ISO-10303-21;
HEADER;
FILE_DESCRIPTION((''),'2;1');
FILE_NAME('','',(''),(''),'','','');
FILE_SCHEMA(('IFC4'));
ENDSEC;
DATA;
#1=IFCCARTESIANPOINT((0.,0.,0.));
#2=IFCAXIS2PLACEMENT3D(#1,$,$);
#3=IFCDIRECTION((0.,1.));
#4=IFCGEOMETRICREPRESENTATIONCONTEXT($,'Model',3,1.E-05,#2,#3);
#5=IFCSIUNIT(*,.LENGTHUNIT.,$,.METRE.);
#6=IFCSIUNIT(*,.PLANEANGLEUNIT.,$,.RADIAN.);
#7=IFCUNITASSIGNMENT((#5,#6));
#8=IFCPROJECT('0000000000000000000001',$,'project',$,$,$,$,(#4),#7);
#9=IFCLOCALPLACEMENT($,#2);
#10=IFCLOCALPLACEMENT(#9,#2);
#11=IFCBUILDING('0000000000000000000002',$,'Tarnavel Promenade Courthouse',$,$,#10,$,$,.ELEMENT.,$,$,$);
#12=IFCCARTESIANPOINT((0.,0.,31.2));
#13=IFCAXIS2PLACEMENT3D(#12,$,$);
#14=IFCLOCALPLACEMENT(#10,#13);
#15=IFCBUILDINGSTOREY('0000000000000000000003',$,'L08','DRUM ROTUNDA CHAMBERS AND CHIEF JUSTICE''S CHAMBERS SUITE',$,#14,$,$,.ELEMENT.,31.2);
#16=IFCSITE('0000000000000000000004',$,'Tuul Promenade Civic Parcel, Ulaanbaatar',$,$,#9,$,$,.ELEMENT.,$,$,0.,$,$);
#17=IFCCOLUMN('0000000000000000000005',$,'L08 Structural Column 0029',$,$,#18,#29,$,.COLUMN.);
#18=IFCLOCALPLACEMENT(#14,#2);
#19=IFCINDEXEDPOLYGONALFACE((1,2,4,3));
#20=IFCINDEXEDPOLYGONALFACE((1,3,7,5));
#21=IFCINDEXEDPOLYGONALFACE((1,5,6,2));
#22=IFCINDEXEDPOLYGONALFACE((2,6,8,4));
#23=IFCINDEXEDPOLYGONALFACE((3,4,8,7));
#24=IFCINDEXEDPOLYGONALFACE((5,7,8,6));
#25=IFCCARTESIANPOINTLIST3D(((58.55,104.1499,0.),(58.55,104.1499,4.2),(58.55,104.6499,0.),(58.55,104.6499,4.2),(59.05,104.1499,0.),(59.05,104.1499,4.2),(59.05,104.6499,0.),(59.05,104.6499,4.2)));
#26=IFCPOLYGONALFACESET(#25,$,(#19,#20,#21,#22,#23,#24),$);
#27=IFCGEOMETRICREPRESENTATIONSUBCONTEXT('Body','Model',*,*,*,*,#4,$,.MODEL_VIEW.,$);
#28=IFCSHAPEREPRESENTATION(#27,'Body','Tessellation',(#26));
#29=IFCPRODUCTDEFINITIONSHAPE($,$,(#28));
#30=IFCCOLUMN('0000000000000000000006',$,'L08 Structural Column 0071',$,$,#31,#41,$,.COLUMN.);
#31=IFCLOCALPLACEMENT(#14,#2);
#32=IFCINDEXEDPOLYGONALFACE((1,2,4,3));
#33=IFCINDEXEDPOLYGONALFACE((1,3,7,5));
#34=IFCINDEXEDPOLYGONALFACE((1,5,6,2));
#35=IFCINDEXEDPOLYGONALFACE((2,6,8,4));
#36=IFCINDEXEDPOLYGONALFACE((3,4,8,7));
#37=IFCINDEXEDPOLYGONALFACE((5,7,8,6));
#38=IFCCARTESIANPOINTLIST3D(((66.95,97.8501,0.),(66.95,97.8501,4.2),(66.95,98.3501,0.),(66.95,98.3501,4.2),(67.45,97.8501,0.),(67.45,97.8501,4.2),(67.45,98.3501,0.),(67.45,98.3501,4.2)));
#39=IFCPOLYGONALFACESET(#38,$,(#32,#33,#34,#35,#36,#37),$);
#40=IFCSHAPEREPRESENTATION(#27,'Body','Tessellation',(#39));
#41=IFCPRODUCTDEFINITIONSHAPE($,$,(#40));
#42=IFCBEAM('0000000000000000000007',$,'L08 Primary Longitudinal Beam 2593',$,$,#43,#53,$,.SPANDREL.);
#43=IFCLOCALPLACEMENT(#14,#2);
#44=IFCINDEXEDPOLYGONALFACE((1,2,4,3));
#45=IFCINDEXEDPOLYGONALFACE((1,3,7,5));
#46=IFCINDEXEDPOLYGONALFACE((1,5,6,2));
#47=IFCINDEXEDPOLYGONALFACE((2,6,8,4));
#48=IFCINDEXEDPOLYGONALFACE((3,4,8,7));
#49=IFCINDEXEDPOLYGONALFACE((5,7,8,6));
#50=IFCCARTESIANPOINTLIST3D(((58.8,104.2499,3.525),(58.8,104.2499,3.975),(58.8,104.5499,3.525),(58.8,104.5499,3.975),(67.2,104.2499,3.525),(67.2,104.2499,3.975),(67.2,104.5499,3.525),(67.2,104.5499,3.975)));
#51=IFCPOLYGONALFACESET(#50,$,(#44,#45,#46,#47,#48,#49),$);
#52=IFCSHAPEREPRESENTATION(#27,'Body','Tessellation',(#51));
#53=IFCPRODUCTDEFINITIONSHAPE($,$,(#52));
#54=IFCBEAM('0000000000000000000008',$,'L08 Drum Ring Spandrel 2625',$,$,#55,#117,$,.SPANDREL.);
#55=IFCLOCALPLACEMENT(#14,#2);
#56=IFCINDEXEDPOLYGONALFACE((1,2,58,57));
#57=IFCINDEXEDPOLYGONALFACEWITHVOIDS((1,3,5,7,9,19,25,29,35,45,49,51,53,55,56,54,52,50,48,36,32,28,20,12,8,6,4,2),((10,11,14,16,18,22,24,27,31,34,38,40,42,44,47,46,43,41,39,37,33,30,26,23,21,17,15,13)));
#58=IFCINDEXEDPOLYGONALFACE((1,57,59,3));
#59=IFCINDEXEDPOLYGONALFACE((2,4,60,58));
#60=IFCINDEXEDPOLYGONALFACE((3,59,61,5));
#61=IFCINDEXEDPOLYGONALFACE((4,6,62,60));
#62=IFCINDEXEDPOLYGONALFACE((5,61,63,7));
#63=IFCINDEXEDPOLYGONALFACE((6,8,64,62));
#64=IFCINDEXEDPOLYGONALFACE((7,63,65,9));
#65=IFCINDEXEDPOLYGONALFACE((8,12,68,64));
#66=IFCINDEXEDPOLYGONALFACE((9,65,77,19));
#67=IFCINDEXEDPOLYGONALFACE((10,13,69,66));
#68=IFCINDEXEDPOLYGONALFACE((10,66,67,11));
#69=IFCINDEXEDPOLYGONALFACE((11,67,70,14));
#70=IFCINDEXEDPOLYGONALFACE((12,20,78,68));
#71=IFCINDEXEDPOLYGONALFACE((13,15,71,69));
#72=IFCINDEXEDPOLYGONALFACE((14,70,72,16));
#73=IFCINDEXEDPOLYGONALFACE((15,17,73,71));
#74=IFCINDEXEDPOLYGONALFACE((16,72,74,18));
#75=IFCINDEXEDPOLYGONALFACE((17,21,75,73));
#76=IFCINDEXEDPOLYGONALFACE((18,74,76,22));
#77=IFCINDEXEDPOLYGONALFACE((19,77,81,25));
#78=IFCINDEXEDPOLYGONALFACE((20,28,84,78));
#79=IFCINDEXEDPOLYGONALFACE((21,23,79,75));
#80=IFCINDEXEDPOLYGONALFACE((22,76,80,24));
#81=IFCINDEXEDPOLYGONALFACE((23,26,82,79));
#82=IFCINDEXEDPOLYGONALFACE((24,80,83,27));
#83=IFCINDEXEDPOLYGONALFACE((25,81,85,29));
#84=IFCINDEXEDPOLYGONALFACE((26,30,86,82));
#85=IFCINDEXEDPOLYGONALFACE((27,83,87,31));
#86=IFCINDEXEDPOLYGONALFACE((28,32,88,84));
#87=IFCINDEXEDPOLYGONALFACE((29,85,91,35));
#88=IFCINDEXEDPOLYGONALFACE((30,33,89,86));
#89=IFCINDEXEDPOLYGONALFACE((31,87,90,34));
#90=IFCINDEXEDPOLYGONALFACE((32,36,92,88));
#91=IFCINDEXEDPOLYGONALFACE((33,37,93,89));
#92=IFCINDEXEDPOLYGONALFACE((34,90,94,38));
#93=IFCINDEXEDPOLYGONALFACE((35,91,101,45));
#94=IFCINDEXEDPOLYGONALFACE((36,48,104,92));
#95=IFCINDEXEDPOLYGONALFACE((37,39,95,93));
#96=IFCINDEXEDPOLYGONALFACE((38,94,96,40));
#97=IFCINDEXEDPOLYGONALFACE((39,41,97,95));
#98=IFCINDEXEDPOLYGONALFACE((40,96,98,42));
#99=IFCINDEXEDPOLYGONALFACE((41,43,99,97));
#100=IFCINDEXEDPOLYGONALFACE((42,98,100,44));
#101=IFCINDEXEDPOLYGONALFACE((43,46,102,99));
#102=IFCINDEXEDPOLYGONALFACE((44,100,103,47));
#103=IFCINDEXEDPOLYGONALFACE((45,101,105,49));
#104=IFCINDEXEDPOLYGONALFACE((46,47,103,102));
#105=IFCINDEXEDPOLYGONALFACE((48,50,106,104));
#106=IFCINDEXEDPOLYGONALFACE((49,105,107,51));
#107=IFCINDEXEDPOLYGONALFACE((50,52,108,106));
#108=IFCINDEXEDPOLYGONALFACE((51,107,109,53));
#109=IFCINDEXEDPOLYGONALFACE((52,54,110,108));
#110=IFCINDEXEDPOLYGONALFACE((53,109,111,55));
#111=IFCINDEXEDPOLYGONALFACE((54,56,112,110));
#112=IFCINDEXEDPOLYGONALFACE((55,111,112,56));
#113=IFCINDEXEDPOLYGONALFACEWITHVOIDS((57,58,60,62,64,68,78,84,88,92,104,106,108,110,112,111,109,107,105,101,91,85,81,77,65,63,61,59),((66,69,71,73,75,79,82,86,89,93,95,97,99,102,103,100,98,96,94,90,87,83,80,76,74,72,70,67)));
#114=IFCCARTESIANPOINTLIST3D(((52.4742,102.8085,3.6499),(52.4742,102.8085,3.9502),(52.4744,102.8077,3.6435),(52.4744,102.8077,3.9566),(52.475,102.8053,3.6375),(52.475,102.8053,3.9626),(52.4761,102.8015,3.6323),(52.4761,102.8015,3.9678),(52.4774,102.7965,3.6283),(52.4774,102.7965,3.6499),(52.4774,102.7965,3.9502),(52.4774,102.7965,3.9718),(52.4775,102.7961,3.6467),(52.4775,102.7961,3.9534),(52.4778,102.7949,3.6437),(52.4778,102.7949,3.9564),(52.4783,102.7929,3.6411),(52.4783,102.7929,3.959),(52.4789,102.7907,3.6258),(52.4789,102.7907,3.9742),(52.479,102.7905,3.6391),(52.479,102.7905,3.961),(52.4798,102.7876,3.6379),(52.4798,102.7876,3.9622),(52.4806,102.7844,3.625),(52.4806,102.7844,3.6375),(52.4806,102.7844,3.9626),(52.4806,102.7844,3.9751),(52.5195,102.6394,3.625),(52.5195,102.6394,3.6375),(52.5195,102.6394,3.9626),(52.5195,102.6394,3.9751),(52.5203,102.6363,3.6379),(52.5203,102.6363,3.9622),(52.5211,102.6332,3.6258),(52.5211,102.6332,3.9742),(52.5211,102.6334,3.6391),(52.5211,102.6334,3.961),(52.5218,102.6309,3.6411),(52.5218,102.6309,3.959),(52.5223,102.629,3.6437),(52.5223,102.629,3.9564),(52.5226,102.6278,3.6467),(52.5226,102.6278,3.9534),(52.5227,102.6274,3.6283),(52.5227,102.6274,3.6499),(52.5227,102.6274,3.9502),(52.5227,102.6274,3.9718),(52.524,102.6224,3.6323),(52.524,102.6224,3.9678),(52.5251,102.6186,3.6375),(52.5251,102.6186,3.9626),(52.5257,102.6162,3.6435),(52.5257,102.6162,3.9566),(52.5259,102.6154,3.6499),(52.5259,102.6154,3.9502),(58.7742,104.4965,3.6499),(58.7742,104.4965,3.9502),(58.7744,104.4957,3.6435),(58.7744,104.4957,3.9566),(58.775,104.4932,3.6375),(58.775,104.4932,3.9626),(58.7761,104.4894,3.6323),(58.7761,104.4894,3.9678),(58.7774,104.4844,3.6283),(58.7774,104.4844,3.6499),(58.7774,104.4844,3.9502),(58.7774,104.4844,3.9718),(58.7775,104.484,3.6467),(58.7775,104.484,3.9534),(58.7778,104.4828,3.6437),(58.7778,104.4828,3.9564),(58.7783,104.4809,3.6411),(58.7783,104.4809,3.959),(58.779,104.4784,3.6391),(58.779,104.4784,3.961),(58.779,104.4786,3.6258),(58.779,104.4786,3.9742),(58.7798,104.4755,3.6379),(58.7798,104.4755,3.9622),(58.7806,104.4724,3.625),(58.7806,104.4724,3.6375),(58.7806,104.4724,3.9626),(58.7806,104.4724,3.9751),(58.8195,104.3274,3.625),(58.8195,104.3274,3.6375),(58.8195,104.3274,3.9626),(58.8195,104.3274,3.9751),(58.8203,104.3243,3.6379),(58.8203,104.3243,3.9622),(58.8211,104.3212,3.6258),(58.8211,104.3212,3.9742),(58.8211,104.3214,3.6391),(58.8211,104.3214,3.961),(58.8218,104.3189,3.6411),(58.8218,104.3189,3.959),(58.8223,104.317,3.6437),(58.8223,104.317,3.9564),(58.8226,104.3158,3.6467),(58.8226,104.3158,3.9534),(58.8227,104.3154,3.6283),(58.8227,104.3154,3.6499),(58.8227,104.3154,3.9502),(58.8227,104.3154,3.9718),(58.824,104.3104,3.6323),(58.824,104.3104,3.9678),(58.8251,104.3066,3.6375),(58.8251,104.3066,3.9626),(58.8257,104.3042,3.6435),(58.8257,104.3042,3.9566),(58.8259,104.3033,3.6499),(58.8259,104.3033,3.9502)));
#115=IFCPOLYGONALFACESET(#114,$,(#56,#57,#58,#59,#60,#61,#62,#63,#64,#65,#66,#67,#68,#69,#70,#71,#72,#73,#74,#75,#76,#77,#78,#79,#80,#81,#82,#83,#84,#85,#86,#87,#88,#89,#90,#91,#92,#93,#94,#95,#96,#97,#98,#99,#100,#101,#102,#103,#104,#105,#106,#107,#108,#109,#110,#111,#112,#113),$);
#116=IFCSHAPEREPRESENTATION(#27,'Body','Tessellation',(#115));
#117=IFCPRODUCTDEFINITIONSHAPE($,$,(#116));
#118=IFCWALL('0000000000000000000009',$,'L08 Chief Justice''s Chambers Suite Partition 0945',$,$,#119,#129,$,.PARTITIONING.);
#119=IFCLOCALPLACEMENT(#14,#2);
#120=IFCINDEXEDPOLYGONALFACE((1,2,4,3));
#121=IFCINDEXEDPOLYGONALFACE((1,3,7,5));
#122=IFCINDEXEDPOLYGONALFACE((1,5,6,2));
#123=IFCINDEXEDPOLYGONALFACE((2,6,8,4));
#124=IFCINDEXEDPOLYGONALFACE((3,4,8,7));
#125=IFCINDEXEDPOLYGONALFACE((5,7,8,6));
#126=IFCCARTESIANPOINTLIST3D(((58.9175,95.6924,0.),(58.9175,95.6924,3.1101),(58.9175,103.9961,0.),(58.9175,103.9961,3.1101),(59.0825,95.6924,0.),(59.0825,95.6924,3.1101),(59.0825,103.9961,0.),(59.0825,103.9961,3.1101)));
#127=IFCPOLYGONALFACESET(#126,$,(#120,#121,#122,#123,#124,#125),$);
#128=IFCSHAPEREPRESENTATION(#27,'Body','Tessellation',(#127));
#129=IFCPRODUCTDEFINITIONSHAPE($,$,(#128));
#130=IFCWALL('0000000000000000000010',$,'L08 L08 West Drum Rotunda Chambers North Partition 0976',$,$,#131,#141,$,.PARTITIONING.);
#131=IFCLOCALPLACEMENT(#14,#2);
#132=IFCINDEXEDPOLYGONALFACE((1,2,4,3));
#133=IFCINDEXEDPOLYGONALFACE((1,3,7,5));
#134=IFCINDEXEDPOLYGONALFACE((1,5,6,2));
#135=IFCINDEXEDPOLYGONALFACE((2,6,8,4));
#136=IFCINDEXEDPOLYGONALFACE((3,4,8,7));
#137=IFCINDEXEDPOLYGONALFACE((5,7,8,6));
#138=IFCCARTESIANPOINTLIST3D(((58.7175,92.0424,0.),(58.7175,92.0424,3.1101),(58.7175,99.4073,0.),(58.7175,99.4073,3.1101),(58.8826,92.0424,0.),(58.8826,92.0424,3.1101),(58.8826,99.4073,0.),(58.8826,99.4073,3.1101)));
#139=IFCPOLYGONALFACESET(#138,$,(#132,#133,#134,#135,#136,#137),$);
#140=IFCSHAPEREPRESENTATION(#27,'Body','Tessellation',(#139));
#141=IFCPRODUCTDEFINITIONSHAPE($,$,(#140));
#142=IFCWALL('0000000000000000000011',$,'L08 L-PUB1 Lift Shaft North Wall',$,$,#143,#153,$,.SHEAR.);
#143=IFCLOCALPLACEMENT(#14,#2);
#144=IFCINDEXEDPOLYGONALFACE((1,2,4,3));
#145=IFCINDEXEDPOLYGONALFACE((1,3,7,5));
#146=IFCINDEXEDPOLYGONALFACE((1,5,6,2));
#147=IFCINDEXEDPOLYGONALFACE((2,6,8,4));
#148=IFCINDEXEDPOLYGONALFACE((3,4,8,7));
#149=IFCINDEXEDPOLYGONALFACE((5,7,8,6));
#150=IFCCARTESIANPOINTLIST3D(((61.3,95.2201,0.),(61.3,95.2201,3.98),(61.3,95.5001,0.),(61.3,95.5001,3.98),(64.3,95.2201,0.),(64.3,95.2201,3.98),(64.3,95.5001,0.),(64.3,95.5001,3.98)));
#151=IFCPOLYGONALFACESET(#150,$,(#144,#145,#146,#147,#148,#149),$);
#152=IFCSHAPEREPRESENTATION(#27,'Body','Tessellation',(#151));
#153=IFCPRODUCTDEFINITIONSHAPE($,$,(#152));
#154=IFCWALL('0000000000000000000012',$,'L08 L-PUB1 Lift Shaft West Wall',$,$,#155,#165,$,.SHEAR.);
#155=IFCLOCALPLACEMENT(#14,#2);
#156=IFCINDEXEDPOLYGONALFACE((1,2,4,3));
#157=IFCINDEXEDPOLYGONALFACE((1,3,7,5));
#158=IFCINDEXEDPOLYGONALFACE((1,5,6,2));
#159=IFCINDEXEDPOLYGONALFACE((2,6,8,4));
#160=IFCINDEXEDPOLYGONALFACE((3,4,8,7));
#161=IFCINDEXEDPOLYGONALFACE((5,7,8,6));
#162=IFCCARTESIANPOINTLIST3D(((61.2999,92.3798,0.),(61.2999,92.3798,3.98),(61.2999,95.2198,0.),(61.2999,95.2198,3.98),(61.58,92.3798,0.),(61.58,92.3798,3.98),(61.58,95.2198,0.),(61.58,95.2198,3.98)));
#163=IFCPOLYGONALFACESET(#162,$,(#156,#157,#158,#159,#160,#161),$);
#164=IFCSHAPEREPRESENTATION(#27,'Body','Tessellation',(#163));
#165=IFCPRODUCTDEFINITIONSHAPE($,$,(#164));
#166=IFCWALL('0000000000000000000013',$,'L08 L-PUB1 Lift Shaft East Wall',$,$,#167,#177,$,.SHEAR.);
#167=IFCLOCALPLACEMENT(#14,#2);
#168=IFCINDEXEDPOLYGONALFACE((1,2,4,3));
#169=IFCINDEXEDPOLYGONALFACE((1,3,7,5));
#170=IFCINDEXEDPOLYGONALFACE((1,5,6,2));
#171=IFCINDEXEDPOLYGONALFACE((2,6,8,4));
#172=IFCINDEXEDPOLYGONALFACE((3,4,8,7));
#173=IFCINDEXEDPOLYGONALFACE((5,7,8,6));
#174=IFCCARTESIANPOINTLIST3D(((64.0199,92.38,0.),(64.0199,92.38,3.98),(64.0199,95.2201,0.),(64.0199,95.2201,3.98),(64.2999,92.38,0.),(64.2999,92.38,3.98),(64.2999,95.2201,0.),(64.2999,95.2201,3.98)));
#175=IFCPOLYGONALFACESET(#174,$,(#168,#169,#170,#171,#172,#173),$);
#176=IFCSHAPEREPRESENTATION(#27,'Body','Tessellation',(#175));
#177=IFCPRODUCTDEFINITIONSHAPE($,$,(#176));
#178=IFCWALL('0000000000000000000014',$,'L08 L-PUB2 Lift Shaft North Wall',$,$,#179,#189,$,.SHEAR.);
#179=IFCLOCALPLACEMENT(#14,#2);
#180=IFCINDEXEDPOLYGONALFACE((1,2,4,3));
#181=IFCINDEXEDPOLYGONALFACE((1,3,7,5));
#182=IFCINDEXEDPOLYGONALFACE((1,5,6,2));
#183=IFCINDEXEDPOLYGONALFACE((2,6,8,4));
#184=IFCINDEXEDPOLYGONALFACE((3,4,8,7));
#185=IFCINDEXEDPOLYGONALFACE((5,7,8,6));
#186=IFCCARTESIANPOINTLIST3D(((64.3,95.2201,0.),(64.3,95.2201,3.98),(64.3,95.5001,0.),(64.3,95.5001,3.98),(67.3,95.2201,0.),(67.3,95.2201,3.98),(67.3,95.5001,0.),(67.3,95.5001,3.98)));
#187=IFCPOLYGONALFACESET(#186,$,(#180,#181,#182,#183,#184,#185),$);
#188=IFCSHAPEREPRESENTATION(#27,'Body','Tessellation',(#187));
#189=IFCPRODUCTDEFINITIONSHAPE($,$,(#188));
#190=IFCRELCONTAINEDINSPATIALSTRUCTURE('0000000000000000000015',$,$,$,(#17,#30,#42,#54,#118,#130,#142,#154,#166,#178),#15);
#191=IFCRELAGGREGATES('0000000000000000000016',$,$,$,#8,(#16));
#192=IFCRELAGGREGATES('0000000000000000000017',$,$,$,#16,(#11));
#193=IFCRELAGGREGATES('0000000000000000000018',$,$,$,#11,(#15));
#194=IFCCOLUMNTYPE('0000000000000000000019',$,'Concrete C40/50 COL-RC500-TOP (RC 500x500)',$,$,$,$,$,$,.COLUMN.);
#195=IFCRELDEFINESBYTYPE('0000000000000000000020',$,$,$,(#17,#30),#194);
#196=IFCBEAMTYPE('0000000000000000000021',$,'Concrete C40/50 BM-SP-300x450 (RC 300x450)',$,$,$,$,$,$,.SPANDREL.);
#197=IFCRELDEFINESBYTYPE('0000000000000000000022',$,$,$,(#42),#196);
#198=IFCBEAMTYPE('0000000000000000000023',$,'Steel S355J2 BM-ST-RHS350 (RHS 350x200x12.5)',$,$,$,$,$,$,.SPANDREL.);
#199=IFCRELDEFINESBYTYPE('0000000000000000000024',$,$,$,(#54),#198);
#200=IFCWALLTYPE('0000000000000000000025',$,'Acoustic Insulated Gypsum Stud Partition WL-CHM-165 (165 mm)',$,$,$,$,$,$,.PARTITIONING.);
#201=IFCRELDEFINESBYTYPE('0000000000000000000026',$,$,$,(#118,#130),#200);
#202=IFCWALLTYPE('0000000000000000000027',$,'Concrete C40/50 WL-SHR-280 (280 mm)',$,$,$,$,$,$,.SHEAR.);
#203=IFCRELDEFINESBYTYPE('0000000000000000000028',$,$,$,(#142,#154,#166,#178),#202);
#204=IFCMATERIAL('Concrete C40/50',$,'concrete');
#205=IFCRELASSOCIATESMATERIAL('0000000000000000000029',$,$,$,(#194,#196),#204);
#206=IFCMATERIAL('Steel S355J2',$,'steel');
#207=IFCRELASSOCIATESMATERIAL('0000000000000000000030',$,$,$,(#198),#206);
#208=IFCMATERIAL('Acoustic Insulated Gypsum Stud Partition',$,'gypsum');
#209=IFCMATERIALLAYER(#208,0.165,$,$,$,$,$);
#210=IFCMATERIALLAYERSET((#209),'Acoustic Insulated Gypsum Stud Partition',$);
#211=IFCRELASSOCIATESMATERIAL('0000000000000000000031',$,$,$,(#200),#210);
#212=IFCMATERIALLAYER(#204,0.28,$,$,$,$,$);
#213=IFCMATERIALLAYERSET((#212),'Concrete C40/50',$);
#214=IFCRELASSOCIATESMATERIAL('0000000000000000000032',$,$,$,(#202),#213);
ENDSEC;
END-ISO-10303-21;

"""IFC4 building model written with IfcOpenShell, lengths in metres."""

from ifc_helpers import new_model, si_unit, direction, frame, frame_2d, origin, origin_2d, place, context, subcontext, project, spatial, rectangle, hollow_rectangle, extrude, material, layer, layer_set, material_profile, profile_set, type_object, element, save


model = new_model("IFC4")

# Units and contexts
model_context = context("Model", 3, precision=1e-05, world=origin(), true_north=direction((0.0, 1.0)))
body_context = subcontext(model_context, "Body", "Model", "MODEL_VIEW")
ifc_project = project(units=[si_unit("LENGTHUNIT", "METRE"), si_unit("PLANEANGLEUNIT", "RADIAN")], contexts=[model_context])

# Site, building, storey
site_placement = place(None, origin())
site = spatial("IfcSite", under=ifc_project, at=site_placement, Name="Tuul Promenade Civic Parcel, Ulaanbaatar", CompositionType="ELEMENT", RefElevation=0.0)
building_placement = place(site_placement, origin())
building = spatial("IfcBuilding", under=site, at=building_placement, Name="Tarnavel Promenade Courthouse", CompositionType="ELEMENT")
storey_placement = place(building_placement, frame((0.0, 0.0, 31.2)))
storey = spatial("IfcBuildingStorey", under=building, at=storey_placement, Name="L08", Description="DRUM ROTUNDA CHAMBERS AND CHIEF JUSTICE'S CHAMBERS SUITE", CompositionType="ELEMENT", Elevation=31.2)

# Columns
ifc_material_1 = material(Name="Concrete C40/50", Category="concrete")
ifc_material_profile_1 = material_profile(ifc_material_1, rectangle(XDim=0.5, YDim=0.5, at=origin_2d()), Name="RC 500x500")
ifc_profile_set_1 = profile_set([ifc_material_profile_1], Name="Concrete C40/50")
column_type = type_object("IfcColumnType", Name="Concrete C40/50 COL-RC500-TOP (RC 500x500)", PredefinedType="COLUMN", material=ifc_profile_set_1)
for number, where, z_axis, x_axis, name in (
    (1, (58.8, 104.3999, 0.0), (0.0, 0.0, 1.0), (1.0, 0.0, 0.0), "L08 Structural Column 0029"),
    (2, (67.2, 98.1001, 0.0), (0.0, 0.0, 1.0), (1.0, 0.0, 0.0), "L08 Structural Column 0071"),
):
    element("IfcColumn", number, at=place(storey_placement, frame(where, z_axis=z_axis, x_axis=x_axis)), inside=storey, type_object=column_type, Name=name, PredefinedType="COLUMN", context=body_context, shape_type="SweptSolid", body=[
        extrude(rectangle(XDim=0.5, YDim=0.5, at=origin_2d()), origin(), (0.0, 0.0, 1.0), 4.2),
    ])

# Beams
ifc_material_profile_2 = material_profile(ifc_material_1, rectangle(XDim=0.3, YDim=0.45, at=origin_2d()), Name="RC 300x450")
ifc_profile_set_2 = profile_set([ifc_material_profile_2], Name="Concrete C40/50")
beam_type_1 = type_object("IfcBeamType", Name="Concrete C40/50 BM-SP-300x450 (RC 300x450)", PredefinedType="SPANDREL", material=ifc_profile_set_2)
beam_1_placement = place(storey_placement, frame((58.8, 104.3999, 3.75), z_axis=(1.0, 0.0, 0.0), x_axis=(0.0, 1.0, 0.0)))
element("IfcBeam", 3, at=beam_1_placement, inside=storey, type_object=beam_type_1, Name="L08 Primary Longitudinal Beam 2593", PredefinedType="SPANDREL", context=body_context, shape_type="SweptSolid", body=[
    extrude(rectangle(XDim=0.3, YDim=0.45, at=origin_2d()), origin(), (0.0, 0.0, 1.0), 8.3999),
])
ifc_material_2 = material(Name="Steel S355J2", Category="steel")
ifc_material_profile_3 = material_profile(ifc_material_2, hollow_rectangle(XDim=0.2, YDim=0.3501, WallThickness=0.0125, InnerFilletRadius=0.0125, OuterFilletRadius=0.0249, at=origin_2d()), Name="RHS 350x200x12.5")
ifc_profile_set_3 = profile_set([ifc_material_profile_3], Name="Steel S355J2")
beam_type_2 = type_object("IfcBeamType", Name="Steel S355J2 BM-ST-RHS350 (RHS 350x200x12.5)", PredefinedType="SPANDREL", material=ifc_profile_set_3)
beam_2_placement = place(storey_placement, frame((58.8, 104.3999, 3.8), z_axis=(-0.96593, -0.258804, 0.0), x_axis=(0.258804, -0.96593, 0.0)))
element("IfcBeam", 4, at=beam_2_placement, inside=storey, type_object=beam_type_2, Name="L08 Drum Ring Spandrel 2625", PredefinedType="SPANDREL", context=body_context, shape_type="SweptSolid", body=[
    extrude(hollow_rectangle(XDim=0.2, YDim=0.3501, WallThickness=0.0125, InnerFilletRadius=0.0125, OuterFilletRadius=0.0249, at=origin_2d()), origin(), (0.0, 0.0, 1.0), 6.5222),
])

# Walls
ifc_material_3 = material(Name="Acoustic Insulated Gypsum Stud Partition", Category="gypsum")
ifc_layer_1 = layer(ifc_material_3, 0.165)
ifc_layer_set_1 = layer_set([ifc_layer_1], Name="Acoustic Insulated Gypsum Stud Partition")
wall_type_1 = type_object("IfcWallType", Name="Acoustic Insulated Gypsum Stud Partition WL-CHM-165 (165 mm)", PredefinedType="PARTITIONING", material=ifc_layer_set_1)
wall_1_placement = place(storey_placement, frame((59.0, 95.6924, 0.0), z_axis=(0.0, 0.0, 1.0), x_axis=(0.0, 1.0, 0.0)))
element("IfcWall", 5, at=wall_1_placement, inside=storey, type_object=wall_type_1, Name="L08 Chief Justice's Chambers Suite Partition 0945", PredefinedType="PARTITIONING", context=body_context, shape_type="SweptSolid", body=[
    extrude(rectangle(XDim=8.3037, YDim=0.165, at=frame_2d((4.1519, 0.0))), origin(), (0.0, 0.0, 1.0), 3.1101),
])
wall_2_placement = place(storey_placement, frame((58.8, 99.4075, 0.0), z_axis=(0.0, 0.0, 1.0), x_axis=(0.0, -1.0, 0.0)))
element("IfcWall", 6, at=wall_2_placement, inside=storey, type_object=wall_type_1, Name="L08 L08 West Drum Rotunda Chambers North Partition 0976", PredefinedType="PARTITIONING", context=body_context, shape_type="SweptSolid", body=[
    extrude(rectangle(XDim=7.365, YDim=0.165, at=frame_2d((3.6826, 0.0))), origin(), (0.0, 0.0, 1.0), 3.1101),
])
ifc_layer_2 = layer(ifc_material_1, 0.28)
ifc_layer_set_2 = layer_set([ifc_layer_2], Name="Concrete C40/50")
wall_type_2 = type_object("IfcWallType", Name="Concrete C40/50 WL-SHR-280 (280 mm)", PredefinedType="SHEAR", material=ifc_layer_set_2)
wall_3_placement = place(storey_placement, frame((61.3, 95.3601, 0.0), z_axis=(0.0, 0.0, 1.0), x_axis=(1.0, 0.0, 0.0)))
element("IfcWall", 7, at=wall_3_placement, inside=storey, type_object=wall_type_2, Name="L08 L-PUB1 Lift Shaft North Wall", PredefinedType="SHEAR", context=body_context, shape_type="SweptSolid", body=[
    extrude(rectangle(XDim=3.0, YDim=0.28, at=frame_2d((1.5, 0.0))), origin(), (0.0, 0.0, 1.0), 3.98),
])
for number, where, z_axis, x_axis, name in (
    (8, (61.4399, 92.3799, 0.0), (0.0, 0.0, 1.0), (0.0, 1.0, 0.0), "L08 L-PUB1 Lift Shaft West Wall"),
    (9, (64.1599, 95.22, 0.0), (0.0, 0.0, 1.0), (0.0, -1.0, 0.0), "L08 L-PUB1 Lift Shaft East Wall"),
):
    element("IfcWall", number, at=place(storey_placement, frame(where, z_axis=z_axis, x_axis=x_axis)), inside=storey, type_object=wall_type_2, Name=name, PredefinedType="SHEAR", context=body_context, shape_type="SweptSolid", body=[
        extrude(rectangle(XDim=2.8401, YDim=0.28, at=frame_2d((1.4199, 0.0))), origin(), (0.0, 0.0, 1.0), 3.98),
    ])
wall_4_placement = place(storey_placement, frame((64.3, 95.3601, 0.0), z_axis=(0.0, 0.0, 1.0), x_axis=(1.0, 0.0, 0.0)))
element("IfcWall", 10, at=wall_4_placement, inside=storey, type_object=wall_type_2, Name="L08 L-PUB2 Lift Shaft North Wall", PredefinedType="SHEAR", context=body_context, shape_type="SweptSolid", body=[
    extrude(rectangle(XDim=3.0, YDim=0.28, at=frame_2d((1.5, 0.0))), origin(), (0.0, 0.0, 1.0), 3.98),
])

save(model, "model.ifc")
